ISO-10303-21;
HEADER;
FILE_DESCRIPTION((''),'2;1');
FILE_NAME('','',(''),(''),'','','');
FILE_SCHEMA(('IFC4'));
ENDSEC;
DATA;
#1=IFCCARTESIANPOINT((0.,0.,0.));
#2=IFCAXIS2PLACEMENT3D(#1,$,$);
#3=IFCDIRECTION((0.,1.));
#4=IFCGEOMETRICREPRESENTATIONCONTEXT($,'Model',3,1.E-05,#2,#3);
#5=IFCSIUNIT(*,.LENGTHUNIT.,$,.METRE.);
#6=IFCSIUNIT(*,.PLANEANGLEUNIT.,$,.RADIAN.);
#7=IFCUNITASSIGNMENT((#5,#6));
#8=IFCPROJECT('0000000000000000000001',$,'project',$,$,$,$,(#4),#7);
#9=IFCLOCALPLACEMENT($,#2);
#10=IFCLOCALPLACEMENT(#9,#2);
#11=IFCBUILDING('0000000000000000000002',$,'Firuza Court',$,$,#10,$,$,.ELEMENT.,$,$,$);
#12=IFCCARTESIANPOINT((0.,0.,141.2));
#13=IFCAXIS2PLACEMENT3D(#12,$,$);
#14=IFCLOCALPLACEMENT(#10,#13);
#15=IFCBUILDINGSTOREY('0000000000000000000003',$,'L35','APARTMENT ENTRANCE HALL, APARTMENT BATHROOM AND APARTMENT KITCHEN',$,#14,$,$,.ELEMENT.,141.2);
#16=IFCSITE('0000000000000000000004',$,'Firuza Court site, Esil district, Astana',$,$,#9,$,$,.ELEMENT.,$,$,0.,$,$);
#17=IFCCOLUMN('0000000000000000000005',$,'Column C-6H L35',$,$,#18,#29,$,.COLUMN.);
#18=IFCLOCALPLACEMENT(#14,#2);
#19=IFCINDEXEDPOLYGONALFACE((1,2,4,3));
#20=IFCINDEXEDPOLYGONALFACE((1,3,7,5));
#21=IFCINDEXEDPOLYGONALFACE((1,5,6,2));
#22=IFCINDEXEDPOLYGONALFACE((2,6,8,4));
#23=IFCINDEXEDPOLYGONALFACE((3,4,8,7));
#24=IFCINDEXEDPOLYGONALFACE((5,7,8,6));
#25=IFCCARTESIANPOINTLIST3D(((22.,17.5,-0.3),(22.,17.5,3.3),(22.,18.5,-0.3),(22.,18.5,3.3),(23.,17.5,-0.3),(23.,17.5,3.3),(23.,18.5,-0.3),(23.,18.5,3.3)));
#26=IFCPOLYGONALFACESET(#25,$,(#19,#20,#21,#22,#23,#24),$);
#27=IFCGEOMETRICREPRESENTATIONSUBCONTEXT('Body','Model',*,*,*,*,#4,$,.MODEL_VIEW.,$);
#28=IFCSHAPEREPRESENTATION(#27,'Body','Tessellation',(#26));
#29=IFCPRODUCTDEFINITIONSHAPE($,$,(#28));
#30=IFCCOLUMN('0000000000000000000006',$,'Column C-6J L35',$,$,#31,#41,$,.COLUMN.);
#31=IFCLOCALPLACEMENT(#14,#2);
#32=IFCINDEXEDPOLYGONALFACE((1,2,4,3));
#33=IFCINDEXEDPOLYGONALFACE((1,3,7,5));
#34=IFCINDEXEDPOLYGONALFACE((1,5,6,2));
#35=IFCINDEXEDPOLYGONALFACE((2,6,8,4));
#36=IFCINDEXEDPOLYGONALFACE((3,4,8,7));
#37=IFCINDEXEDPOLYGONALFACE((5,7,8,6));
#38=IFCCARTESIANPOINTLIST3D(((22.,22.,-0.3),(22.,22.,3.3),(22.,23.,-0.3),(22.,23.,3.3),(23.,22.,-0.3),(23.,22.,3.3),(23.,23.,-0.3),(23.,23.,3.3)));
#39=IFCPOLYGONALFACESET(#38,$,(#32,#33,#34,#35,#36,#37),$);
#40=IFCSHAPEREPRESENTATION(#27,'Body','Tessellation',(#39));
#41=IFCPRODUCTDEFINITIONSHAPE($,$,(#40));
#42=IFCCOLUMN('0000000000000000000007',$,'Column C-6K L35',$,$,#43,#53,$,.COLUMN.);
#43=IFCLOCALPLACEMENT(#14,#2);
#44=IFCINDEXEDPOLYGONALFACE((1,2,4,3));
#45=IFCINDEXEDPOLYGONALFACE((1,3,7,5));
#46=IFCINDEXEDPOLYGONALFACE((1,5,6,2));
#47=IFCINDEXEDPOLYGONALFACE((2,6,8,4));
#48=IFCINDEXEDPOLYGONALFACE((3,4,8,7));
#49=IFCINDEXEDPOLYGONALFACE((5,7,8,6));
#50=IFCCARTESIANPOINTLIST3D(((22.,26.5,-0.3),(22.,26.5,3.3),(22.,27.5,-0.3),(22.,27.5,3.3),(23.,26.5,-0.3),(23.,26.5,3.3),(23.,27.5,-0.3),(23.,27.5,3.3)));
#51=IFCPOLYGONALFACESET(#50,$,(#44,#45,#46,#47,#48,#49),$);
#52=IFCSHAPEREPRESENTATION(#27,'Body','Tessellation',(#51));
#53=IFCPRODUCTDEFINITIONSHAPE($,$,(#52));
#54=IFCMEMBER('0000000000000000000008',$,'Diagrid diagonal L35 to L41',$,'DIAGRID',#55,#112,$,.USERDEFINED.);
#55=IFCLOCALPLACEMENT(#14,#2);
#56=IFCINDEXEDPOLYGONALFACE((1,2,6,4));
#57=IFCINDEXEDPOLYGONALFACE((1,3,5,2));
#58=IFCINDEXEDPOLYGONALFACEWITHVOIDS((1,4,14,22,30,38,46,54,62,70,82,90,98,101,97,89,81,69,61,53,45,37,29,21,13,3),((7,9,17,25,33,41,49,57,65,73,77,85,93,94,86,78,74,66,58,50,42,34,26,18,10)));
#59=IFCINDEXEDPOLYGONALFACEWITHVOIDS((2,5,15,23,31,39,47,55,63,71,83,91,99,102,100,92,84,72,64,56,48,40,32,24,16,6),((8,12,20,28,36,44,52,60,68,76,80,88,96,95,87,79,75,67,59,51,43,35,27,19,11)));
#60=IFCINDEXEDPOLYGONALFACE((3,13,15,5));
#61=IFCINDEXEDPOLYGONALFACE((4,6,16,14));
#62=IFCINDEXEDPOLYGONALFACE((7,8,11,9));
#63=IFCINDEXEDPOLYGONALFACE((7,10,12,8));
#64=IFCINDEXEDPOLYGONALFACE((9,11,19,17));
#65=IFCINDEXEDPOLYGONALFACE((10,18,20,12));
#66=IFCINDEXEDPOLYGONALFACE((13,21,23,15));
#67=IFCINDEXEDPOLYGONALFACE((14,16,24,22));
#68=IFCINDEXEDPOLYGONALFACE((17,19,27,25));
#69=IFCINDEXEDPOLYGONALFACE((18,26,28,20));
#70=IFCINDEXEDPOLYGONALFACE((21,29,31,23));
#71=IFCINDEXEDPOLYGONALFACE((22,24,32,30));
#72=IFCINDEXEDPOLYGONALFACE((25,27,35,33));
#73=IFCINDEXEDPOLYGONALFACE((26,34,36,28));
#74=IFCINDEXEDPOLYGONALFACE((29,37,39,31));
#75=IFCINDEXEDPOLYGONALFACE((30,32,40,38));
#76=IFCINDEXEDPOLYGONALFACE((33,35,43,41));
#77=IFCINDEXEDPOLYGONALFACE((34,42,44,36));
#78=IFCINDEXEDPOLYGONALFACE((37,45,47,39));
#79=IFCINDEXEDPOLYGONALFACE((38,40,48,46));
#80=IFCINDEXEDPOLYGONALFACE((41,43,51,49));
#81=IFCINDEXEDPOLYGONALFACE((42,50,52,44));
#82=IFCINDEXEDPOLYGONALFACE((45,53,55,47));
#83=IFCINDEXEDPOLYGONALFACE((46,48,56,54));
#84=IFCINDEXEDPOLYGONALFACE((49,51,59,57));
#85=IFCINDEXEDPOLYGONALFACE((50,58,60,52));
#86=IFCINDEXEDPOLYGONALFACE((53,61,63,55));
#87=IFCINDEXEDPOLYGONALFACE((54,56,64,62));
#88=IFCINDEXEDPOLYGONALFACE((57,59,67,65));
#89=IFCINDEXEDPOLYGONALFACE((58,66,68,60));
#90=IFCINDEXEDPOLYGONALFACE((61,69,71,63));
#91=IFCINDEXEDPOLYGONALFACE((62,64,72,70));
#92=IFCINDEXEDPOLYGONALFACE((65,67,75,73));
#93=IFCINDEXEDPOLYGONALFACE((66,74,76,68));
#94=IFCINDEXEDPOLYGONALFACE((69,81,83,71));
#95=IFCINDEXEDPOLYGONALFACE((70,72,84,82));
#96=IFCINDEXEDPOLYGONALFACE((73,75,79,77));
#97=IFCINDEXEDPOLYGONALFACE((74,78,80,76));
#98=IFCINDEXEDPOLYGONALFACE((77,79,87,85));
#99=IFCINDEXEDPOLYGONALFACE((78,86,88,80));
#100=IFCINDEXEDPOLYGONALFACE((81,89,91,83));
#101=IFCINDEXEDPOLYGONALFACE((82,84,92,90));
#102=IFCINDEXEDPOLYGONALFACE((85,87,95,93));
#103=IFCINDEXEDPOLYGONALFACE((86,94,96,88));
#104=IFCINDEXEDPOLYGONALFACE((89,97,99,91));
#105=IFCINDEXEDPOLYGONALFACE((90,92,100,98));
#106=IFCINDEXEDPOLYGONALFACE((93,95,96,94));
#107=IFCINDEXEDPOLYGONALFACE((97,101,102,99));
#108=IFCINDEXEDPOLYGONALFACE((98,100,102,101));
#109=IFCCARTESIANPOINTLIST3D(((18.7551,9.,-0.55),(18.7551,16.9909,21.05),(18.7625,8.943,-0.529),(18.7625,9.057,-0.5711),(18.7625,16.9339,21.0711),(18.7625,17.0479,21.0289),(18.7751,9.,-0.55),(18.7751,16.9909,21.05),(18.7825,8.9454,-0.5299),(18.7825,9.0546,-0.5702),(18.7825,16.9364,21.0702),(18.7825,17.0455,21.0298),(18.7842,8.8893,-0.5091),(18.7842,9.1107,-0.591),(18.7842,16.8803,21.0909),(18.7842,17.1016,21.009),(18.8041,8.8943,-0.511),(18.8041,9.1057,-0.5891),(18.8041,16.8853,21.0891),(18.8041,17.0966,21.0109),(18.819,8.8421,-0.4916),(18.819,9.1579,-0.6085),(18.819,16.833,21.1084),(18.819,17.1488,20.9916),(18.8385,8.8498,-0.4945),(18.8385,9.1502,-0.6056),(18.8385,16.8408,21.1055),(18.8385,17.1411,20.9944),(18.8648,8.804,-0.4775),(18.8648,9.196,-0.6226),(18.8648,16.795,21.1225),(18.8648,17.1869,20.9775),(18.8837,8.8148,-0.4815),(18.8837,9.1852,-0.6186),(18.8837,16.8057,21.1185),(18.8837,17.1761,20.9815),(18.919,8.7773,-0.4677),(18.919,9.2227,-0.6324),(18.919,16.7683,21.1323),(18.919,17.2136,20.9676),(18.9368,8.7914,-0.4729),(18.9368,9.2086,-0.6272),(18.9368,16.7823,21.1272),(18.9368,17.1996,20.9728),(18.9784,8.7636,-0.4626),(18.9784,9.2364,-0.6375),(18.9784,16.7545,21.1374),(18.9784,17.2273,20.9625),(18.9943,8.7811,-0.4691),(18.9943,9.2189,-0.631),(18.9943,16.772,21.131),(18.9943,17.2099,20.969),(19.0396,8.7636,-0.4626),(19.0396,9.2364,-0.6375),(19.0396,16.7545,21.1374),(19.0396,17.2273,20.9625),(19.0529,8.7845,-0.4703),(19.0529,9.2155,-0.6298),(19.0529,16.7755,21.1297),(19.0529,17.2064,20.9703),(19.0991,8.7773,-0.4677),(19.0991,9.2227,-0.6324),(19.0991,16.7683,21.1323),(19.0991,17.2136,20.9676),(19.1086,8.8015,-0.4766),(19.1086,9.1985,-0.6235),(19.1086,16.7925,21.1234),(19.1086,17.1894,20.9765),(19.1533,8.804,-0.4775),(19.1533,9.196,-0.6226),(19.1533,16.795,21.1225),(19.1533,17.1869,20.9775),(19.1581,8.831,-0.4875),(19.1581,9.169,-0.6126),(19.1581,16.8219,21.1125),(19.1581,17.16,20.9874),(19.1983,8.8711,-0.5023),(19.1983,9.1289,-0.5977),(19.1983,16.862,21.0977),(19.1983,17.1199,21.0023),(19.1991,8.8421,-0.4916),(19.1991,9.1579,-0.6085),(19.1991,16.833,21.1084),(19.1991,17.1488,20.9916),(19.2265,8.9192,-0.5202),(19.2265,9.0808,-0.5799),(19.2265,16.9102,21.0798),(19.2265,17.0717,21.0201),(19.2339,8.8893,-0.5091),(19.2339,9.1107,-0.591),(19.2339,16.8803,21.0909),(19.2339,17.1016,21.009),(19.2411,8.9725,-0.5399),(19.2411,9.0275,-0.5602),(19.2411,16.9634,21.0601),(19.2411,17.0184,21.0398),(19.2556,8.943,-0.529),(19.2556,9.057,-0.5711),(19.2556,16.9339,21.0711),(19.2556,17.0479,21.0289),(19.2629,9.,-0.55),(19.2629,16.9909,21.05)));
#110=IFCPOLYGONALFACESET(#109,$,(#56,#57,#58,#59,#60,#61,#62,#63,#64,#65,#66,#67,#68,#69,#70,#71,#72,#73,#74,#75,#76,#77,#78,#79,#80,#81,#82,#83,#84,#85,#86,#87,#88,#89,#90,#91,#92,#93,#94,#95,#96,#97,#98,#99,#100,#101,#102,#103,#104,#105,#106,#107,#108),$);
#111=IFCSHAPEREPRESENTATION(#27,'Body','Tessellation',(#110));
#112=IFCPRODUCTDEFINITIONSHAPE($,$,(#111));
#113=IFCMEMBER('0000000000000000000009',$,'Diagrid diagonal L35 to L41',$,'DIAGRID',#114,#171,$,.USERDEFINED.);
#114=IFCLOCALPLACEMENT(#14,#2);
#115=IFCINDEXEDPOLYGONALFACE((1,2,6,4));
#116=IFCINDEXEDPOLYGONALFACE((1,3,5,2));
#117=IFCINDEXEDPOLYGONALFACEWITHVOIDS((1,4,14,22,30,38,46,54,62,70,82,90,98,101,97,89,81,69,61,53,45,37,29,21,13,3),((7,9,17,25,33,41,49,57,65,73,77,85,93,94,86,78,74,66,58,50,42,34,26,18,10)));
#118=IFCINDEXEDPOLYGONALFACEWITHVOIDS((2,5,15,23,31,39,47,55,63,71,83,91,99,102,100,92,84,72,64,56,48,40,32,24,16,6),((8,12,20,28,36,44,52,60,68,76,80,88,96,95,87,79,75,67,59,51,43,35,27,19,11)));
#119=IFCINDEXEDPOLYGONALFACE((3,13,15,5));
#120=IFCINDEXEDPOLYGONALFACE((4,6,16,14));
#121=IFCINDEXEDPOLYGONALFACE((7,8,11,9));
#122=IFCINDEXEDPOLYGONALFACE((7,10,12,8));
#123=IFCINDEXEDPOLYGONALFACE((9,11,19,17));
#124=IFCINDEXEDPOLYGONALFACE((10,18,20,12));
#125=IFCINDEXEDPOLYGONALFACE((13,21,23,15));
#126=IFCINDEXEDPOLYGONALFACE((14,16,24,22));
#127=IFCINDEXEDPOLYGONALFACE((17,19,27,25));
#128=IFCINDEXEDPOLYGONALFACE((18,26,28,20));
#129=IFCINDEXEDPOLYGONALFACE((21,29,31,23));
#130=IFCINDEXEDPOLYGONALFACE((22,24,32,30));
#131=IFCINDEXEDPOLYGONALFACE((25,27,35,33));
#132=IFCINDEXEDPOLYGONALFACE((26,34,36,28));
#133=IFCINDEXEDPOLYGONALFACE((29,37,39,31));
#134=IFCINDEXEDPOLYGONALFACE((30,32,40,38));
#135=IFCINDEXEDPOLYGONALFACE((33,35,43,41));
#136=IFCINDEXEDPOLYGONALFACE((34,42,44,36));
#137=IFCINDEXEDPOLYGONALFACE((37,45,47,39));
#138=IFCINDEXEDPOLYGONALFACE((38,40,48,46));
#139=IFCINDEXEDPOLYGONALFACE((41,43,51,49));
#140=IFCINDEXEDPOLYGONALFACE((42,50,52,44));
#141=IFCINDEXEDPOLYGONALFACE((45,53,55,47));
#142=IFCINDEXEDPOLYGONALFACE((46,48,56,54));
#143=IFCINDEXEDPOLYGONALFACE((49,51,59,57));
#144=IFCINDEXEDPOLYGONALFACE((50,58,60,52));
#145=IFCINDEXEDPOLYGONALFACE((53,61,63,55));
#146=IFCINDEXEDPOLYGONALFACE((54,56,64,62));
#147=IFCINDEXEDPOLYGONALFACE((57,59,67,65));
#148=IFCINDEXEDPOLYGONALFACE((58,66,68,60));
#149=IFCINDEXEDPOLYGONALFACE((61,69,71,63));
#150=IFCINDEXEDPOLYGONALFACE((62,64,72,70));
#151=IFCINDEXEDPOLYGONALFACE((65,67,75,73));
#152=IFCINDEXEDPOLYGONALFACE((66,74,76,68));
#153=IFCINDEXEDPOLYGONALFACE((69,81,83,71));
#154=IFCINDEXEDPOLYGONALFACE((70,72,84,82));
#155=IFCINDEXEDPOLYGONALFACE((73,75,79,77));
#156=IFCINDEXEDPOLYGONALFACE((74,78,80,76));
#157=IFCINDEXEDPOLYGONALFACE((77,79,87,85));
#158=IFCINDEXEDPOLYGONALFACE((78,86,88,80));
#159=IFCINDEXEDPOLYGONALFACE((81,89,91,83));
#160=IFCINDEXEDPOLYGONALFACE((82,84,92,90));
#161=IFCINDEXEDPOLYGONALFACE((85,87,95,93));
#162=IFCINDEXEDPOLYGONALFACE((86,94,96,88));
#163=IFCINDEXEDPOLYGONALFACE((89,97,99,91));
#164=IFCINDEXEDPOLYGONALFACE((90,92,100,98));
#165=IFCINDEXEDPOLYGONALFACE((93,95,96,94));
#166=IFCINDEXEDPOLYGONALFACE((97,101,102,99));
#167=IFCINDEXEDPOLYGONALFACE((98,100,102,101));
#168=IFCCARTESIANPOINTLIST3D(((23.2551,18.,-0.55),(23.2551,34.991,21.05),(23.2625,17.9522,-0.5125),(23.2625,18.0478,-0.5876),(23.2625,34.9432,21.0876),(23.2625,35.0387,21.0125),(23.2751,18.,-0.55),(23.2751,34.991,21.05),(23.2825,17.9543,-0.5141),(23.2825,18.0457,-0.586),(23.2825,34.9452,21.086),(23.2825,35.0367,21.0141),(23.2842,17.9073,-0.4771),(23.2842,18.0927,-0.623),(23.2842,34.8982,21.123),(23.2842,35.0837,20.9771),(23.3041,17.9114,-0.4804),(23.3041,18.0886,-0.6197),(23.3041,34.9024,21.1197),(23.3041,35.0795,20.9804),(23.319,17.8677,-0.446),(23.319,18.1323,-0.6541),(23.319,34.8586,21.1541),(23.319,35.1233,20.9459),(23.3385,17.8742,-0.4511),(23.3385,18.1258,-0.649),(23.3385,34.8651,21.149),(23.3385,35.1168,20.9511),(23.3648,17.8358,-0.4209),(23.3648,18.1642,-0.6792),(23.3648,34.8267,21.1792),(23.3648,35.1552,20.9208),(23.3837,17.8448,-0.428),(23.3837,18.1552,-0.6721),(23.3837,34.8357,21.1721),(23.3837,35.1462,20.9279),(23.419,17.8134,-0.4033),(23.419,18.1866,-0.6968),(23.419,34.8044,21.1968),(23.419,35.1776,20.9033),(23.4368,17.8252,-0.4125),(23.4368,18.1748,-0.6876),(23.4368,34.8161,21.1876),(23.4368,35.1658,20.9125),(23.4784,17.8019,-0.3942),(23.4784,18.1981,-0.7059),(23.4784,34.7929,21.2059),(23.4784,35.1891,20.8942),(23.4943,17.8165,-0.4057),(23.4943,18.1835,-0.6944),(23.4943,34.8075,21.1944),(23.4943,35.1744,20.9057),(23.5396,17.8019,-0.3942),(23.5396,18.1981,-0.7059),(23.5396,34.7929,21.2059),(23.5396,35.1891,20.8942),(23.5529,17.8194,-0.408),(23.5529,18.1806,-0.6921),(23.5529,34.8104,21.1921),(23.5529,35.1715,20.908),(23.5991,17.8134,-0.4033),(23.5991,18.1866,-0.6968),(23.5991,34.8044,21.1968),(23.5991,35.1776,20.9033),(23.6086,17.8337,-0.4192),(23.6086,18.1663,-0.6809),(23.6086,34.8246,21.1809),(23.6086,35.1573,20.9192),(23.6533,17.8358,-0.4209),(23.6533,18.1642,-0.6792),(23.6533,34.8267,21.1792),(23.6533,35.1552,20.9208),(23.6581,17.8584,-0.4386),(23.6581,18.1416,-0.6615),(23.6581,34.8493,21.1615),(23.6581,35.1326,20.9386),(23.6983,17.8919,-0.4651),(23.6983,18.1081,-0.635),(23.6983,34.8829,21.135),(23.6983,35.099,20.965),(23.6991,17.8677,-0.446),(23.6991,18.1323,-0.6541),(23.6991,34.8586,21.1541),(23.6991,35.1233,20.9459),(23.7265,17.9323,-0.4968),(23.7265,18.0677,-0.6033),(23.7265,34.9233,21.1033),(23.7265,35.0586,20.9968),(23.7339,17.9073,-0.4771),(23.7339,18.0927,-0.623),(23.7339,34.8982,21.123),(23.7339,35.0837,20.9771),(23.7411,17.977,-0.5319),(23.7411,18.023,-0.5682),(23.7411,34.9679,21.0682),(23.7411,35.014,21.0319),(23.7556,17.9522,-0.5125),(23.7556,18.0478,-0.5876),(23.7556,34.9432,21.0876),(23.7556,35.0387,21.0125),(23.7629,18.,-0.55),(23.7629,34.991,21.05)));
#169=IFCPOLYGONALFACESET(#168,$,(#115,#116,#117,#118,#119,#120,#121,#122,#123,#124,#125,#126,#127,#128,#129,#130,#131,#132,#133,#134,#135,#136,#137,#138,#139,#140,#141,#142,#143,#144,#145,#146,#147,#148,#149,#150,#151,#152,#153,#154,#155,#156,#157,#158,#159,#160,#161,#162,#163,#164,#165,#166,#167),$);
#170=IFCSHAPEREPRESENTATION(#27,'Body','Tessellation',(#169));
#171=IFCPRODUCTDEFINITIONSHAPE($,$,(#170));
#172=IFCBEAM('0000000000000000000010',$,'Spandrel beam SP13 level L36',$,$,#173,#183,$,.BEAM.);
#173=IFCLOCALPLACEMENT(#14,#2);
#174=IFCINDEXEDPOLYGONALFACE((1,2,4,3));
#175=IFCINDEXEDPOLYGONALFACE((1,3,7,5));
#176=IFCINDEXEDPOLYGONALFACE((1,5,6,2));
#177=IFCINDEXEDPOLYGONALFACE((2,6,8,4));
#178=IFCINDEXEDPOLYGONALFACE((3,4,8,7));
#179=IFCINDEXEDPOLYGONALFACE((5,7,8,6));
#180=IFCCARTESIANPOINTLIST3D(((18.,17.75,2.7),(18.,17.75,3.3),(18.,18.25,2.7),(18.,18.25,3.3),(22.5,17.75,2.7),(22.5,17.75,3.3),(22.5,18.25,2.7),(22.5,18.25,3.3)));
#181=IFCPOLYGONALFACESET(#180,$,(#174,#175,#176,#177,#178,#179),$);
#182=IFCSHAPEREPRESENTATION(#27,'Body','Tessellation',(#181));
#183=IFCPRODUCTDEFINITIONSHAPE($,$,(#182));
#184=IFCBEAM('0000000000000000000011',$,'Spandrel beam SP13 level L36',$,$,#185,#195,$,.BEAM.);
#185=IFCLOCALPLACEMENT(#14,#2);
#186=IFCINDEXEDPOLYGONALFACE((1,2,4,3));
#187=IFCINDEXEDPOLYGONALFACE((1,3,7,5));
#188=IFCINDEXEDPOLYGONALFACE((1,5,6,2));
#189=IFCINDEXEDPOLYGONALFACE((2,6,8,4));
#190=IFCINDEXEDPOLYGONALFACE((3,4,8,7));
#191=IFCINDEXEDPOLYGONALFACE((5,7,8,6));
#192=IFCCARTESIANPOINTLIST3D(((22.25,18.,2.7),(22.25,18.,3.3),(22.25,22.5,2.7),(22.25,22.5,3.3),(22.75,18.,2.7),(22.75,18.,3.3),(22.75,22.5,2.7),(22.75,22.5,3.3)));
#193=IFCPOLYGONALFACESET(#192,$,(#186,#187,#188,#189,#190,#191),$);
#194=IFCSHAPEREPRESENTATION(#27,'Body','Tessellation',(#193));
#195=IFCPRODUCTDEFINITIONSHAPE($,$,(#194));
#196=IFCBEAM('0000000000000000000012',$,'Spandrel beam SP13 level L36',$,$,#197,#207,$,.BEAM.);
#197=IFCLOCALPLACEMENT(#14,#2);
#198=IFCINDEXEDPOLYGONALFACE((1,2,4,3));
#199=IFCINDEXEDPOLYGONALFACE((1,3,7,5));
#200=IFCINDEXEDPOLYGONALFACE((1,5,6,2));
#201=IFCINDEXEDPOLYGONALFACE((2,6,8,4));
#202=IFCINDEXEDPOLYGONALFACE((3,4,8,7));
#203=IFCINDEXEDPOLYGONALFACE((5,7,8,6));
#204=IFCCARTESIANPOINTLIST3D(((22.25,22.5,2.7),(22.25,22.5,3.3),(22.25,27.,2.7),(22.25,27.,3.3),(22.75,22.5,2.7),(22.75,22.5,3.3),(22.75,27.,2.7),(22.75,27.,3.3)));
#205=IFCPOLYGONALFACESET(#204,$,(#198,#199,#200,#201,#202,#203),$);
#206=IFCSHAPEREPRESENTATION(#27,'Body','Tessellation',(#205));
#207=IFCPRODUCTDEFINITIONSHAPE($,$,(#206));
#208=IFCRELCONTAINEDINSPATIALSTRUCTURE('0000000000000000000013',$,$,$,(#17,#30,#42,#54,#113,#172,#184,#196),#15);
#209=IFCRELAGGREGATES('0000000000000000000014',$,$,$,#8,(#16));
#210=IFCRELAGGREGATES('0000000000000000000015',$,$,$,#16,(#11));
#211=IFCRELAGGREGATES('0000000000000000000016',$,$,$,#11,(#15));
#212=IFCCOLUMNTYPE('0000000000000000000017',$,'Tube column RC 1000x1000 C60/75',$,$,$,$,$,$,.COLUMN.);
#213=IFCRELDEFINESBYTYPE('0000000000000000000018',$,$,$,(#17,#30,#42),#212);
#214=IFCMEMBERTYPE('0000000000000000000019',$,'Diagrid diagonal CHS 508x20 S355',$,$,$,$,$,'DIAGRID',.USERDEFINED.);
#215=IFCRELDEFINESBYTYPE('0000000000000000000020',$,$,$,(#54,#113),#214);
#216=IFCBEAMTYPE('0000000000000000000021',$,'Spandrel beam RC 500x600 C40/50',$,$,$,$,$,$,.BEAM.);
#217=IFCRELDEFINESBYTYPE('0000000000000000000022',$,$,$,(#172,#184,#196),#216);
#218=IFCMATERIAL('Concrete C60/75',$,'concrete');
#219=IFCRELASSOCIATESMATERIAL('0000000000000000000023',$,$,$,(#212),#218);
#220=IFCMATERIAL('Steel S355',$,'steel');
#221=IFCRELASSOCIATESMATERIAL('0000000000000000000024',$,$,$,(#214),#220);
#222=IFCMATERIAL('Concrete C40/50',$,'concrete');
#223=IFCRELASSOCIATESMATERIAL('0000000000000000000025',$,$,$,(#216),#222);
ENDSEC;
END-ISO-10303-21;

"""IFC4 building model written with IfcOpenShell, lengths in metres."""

from ifc_helpers import new_model, si_unit, direction, frame, origin, origin_2d, place, context, subcontext, project, spatial, rectangle, hollow_circle, extrude, material, material_profile, profile_set, type_object, element, save


model = new_model("IFC4")

# Units and contexts
model_context = context("Model", 3, precision=1e-05, world=origin(), true_north=direction((0.0, 1.0)))
body_context = subcontext(model_context, "Body", "Model", "MODEL_VIEW")
ifc_project = project(units=[si_unit("LENGTHUNIT", "METRE"), si_unit("PLANEANGLEUNIT", "RADIAN")], contexts=[model_context])

# Site, building, storey
site_placement = place(None, origin())
site = spatial("IfcSite", under=ifc_project, at=site_placement, Name="Firuza Court site, Esil district, Astana", CompositionType="ELEMENT", RefElevation=0.0)
building_placement = place(site_placement, origin())
building = spatial("IfcBuilding", under=site, at=building_placement, Name="Firuza Court", CompositionType="ELEMENT")
storey_placement = place(building_placement, frame((0.0, 0.0, 141.2)))
storey = spatial("IfcBuildingStorey", under=building, at=storey_placement, Name="L35", Description="APARTMENT ENTRANCE HALL, APARTMENT BATHROOM AND APARTMENT KITCHEN", CompositionType="ELEMENT", Elevation=141.2)

# Columns
ifc_material_1 = material(Name="Concrete C60/75", Category="concrete")
ifc_material_profile_1 = material_profile(ifc_material_1, rectangle(XDim=1.0, YDim=1.0, at=origin_2d()), Name="RC 1000x1000")
ifc_profile_set_1 = profile_set([ifc_material_profile_1], Name="Concrete C60/75")
column_type = type_object("IfcColumnType", Name="Tube column RC 1000x1000 C60/75", PredefinedType="COLUMN", material=ifc_profile_set_1)
for number, where, z_axis, x_axis, name in (
    (1, (22.5, 18.0, -0.3), (0.0, 0.0, 1.0), (1.0, 0.0, 0.0), "Column C-6H L35"),
    (2, (22.5, 22.5, -0.3), (0.0, 0.0, 1.0), (1.0, 0.0, 0.0), "Column C-6J L35"),
    (3, (22.5, 27.0, -0.3), (0.0, 0.0, 1.0), (1.0, 0.0, 0.0), "Column C-6K L35"),
):
    element("IfcColumn", number, at=place(storey_placement, frame(where, z_axis=z_axis, x_axis=x_axis)), inside=storey, type_object=column_type, Name=name, PredefinedType="COLUMN", context=body_context, shape_type="SweptSolid", body=[
        extrude(rectangle(XDim=1.0, YDim=1.0, at=origin_2d()), origin(), (0.0, 0.0, 1.0), 3.6001),
    ])

# Members
ifc_material_2 = material(Name="Steel S355", Category="steel")
ifc_material_profile_2 = material_profile(ifc_material_2, hollow_circle(Radius=0.2539, WallThickness=0.02, at=origin_2d()), Name="CHS 508x20")
ifc_profile_set_2 = profile_set([ifc_material_profile_2], Name="Steel S355")
member_type = type_object("IfcMemberType", Name="Diagrid diagonal CHS 508x20 S355", ElementType="DIAGRID", PredefinedType="USERDEFINED", material=ifc_profile_set_2)
member_1_placement = place(storey_placement, frame((19.009, 9.0, -0.55), z_axis=(0.0, 0.346968, 0.937877), x_axis=(-1.0, 0.0, 0.0)))
element("IfcMember", 4, at=member_1_placement, inside=storey, type_object=member_type, Name="Diagrid diagonal L35 to L41", ObjectType="DIAGRID", PredefinedType="USERDEFINED", context=body_context, shape_type="SweptSolid", body=[
    extrude(hollow_circle(Radius=0.2539, WallThickness=0.02, at=origin_2d()), origin(), (0.0, 0.0, 1.0), 23.0308),
])
member_2_placement = place(storey_placement, frame((23.509, 18.0, -0.55), z_axis=(0.0, 0.618259, 0.785974), x_axis=(-1.0, 0.0, 0.0)))
element("IfcMember", 5, at=member_2_placement, inside=storey, type_object=member_type, Name="Diagrid diagonal L35 to L41", ObjectType="DIAGRID", PredefinedType="USERDEFINED", context=body_context, shape_type="SweptSolid", body=[
    extrude(hollow_circle(Radius=0.2539, WallThickness=0.02, at=origin_2d()), origin(), (0.0, 0.0, 1.0), 27.4819),
])

# Beams
ifc_material_3 = material(Name="Concrete C40/50", Category="concrete")
ifc_material_profile_3 = material_profile(ifc_material_3, rectangle(XDim=0.5, YDim=0.6001, at=origin_2d()), Name="RC 500x600")
ifc_profile_set_3 = profile_set([ifc_material_profile_3], Name="Concrete C40/50")
beam_type = type_object("IfcBeamType", Name="Spandrel beam RC 500x600 C40/50", PredefinedType="BEAM", material=ifc_profile_set_3)
for number, where, z_axis, x_axis, name in (
    (6, (18.0, 18.0, 3.0), (1.0, 0.0, 0.0), (0.0, 1.0, 0.0), "Spandrel beam SP13 level L36"),
    (7, (22.5, 18.0, 3.0), (0.0, 1.0, 0.0), (-1.0, 0.0, 0.0), "Spandrel beam SP13 level L36"),
    (8, (22.5, 22.5, 3.0), (0.0, 1.0, 0.0), (-1.0, 0.0, 0.0), "Spandrel beam SP13 level L36"),
):
    element("IfcBeam", number, at=place(storey_placement, frame(where, z_axis=z_axis, x_axis=x_axis)), inside=storey, type_object=beam_type, Name=name, PredefinedType="BEAM", context=body_context, shape_type="SweptSolid", body=[
        extrude(rectangle(XDim=0.5, YDim=0.6001, at=origin_2d()), origin(), (0.0, 0.0, 1.0), 4.5),
    ])

save(model, "model.ifc")
